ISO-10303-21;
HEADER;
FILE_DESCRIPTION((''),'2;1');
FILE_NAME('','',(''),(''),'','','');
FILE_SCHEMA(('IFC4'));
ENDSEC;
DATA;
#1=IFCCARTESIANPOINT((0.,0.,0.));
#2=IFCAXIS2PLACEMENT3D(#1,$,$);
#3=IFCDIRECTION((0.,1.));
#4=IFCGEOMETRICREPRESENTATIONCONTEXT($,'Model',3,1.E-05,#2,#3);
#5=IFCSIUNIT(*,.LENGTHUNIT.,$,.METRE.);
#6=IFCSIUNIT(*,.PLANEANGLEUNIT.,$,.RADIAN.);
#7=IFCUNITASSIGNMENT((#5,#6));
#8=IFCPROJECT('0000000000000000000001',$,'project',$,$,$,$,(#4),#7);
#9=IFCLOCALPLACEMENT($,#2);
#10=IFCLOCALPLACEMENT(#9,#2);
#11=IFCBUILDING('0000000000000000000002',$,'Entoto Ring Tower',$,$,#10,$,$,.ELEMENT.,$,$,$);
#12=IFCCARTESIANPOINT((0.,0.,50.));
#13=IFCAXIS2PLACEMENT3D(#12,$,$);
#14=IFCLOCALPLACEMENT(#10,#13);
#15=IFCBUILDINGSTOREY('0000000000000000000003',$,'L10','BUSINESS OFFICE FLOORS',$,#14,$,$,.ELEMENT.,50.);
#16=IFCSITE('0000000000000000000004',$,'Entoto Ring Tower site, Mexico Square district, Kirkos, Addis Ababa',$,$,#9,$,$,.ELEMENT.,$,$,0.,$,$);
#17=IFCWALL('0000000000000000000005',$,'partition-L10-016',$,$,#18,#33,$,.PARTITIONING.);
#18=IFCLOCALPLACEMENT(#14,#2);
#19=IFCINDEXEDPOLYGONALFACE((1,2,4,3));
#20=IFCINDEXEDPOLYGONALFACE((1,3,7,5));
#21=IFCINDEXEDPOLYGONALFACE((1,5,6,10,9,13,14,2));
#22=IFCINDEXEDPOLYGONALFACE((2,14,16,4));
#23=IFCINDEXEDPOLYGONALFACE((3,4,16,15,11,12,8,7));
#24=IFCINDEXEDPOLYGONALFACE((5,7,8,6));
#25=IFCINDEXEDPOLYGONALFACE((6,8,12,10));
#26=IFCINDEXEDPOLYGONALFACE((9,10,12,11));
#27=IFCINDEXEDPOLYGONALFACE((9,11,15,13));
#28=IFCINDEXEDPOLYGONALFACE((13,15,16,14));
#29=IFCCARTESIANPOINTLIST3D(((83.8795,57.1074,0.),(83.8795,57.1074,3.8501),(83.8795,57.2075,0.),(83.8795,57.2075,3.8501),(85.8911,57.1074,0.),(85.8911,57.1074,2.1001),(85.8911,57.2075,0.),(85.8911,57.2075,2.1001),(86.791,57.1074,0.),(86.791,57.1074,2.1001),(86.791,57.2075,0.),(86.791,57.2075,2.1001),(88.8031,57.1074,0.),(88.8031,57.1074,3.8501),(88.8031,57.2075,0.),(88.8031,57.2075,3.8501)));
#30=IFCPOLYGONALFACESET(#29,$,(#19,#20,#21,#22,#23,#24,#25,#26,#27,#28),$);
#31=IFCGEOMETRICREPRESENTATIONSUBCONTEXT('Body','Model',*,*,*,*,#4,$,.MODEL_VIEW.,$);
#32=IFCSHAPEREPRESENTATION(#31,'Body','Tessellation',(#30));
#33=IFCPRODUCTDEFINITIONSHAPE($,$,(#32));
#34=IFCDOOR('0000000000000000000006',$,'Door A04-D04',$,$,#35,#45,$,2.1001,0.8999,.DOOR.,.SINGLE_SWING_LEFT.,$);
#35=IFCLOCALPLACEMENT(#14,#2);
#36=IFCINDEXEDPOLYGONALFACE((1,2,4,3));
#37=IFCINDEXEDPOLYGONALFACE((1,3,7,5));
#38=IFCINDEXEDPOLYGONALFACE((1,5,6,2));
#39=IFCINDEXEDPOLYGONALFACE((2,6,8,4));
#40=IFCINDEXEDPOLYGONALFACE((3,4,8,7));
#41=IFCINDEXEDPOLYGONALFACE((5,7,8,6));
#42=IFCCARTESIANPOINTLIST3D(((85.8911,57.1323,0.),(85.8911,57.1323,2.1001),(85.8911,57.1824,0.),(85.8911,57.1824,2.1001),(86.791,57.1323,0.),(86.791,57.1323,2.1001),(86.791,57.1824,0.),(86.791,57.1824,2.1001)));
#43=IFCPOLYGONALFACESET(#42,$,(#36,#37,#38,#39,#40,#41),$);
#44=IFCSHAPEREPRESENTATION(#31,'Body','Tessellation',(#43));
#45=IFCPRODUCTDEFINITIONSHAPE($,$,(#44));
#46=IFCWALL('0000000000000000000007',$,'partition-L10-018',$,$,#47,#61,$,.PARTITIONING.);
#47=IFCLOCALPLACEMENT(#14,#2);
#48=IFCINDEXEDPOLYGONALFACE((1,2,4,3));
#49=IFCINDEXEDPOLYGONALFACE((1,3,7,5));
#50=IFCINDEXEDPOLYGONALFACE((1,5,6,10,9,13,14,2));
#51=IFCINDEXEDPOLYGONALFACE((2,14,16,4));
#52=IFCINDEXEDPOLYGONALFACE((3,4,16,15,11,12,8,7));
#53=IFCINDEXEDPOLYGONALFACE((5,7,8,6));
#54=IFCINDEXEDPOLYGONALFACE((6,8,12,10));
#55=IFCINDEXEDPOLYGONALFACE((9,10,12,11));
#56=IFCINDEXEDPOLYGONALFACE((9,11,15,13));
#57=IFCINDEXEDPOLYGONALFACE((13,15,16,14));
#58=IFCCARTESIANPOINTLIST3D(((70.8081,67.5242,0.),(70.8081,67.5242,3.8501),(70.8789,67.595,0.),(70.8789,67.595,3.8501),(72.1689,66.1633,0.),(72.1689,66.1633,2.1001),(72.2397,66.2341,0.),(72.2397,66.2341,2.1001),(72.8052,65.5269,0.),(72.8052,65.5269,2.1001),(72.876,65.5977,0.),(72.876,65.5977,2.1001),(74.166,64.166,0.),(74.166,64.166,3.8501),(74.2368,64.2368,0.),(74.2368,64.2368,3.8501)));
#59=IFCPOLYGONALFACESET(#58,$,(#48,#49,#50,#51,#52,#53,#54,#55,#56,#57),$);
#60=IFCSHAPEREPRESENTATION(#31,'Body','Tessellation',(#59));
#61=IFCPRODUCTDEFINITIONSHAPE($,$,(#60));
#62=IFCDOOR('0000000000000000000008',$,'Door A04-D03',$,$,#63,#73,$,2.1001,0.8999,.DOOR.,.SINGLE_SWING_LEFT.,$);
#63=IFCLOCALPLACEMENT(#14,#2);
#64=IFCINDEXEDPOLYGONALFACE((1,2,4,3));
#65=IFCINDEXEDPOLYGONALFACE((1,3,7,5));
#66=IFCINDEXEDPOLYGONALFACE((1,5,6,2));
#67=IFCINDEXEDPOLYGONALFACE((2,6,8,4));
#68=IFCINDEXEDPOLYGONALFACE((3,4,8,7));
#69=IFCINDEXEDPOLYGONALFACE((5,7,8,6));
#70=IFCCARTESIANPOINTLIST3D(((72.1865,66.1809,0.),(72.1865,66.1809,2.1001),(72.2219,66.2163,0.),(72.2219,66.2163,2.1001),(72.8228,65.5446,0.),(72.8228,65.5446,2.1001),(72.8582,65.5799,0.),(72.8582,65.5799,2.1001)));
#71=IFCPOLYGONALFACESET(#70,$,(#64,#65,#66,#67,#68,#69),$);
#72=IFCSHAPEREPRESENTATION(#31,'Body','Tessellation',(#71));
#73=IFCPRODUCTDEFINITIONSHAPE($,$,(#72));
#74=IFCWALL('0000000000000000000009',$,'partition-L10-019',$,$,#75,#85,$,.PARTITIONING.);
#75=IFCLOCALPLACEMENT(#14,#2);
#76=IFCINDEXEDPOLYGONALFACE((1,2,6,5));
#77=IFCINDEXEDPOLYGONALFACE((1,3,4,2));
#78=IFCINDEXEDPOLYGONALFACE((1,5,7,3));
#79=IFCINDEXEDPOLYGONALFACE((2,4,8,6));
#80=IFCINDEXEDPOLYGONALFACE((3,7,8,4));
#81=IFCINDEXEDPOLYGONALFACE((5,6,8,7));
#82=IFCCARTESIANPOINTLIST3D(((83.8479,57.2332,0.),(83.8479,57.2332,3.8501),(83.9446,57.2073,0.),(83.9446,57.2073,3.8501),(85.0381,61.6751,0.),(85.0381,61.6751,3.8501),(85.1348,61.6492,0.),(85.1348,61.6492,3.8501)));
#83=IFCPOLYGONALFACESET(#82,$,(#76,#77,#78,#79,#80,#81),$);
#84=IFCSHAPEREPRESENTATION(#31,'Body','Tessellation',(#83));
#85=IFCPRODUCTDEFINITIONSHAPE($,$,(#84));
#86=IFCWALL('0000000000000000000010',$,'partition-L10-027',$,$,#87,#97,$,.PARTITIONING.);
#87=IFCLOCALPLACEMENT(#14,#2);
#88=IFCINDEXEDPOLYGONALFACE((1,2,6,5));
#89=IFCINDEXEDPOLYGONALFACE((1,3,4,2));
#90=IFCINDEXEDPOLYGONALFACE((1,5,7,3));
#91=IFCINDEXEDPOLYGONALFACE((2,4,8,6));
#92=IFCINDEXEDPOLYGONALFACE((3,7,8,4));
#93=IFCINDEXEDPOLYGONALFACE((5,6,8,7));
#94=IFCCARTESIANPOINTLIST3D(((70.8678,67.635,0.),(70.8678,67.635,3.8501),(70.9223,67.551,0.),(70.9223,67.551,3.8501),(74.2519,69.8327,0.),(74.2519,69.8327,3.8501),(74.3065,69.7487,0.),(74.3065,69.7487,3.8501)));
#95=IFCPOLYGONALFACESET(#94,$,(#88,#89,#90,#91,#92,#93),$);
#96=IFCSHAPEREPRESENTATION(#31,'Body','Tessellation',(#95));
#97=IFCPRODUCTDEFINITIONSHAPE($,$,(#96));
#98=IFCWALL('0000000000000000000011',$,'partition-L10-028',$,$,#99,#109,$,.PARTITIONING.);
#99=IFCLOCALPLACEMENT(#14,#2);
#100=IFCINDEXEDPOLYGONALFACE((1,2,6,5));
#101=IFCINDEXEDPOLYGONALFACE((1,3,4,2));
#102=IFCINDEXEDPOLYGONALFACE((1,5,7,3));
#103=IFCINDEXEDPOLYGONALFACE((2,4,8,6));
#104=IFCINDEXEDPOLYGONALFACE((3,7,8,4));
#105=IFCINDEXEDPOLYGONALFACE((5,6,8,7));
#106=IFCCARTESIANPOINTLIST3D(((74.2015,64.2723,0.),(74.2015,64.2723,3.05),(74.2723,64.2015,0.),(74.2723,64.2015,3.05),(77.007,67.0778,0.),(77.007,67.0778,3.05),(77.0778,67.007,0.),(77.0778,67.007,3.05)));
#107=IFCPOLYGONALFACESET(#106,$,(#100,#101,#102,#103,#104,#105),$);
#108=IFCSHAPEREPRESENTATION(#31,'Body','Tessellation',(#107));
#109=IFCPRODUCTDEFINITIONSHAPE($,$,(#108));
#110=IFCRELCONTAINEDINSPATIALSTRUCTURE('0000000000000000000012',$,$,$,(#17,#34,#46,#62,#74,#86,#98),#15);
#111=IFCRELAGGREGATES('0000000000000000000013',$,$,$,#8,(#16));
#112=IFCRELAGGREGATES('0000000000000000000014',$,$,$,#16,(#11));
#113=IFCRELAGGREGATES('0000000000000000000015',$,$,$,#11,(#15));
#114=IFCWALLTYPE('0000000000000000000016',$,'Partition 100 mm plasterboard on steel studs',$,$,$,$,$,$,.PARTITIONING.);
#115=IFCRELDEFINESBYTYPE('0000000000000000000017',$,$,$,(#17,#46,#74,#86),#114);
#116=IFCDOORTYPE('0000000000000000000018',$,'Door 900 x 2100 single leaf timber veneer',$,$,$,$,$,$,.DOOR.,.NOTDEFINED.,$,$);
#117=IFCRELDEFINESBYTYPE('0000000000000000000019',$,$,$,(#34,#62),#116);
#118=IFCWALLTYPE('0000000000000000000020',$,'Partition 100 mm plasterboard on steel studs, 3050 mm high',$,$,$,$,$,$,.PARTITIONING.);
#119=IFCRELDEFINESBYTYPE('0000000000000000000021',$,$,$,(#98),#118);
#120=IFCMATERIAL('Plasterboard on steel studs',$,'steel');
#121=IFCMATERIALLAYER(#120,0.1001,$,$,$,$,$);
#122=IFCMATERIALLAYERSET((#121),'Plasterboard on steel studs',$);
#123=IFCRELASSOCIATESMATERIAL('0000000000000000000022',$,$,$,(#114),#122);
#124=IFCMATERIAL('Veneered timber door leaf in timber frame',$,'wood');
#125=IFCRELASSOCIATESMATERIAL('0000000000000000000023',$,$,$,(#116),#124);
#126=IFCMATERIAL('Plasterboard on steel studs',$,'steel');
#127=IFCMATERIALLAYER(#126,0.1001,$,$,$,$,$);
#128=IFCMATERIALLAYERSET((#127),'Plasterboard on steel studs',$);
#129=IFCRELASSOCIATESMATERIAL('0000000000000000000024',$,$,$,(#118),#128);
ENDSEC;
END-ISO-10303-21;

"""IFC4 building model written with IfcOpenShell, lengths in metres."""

from ifc_helpers import new_model, si_unit, direction, frame, frame_2d, origin, place, context, subcontext, project, spatial, rectangle, extrude, material, layer, layer_set, type_object, element, fill, save


model = new_model("IFC4")

# Units and contexts
model_context = context("Model", 3, precision=1e-05, world=origin(), true_north=direction((0.0, 1.0)))
body_context = subcontext(model_context, "Body", "Model", "MODEL_VIEW")
ifc_project = project(units=[si_unit("LENGTHUNIT", "METRE"), si_unit("PLANEANGLEUNIT", "RADIAN")], contexts=[model_context])

# Site, building, storey
site_placement = place(None, origin())
site = spatial("IfcSite", under=ifc_project, at=site_placement, Name="Entoto Ring Tower site, Mexico Square district, Kirkos, Addis Ababa", CompositionType="ELEMENT", RefElevation=0.0)
building_placement = place(site_placement, origin())
building = spatial("IfcBuilding", under=site, at=building_placement, Name="Entoto Ring Tower", CompositionType="ELEMENT")
storey_placement = place(building_placement, frame((0.0, 0.0, 50.0)))
storey = spatial("IfcBuildingStorey", under=building, at=storey_placement, Name="L10", Description="BUSINESS OFFICE FLOORS", CompositionType="ELEMENT", Elevation=50.0)

# Walls, openings, doors
ifc_material_1 = material(Name="Plasterboard on steel studs", Category="steel")
ifc_layer_1 = layer(ifc_material_1, 0.1001)
ifc_layer_set_1 = layer_set([ifc_layer_1], Name="Plasterboard on steel studs")
wall_type_1 = type_object("IfcWallType", Name="Partition 100 mm plasterboard on steel studs", PredefinedType="PARTITIONING", material=ifc_layer_set_1)
ifc_material_2 = material(Name="Veneered timber door leaf in timber frame", Category="wood")
door_type_1 = type_object("IfcDoorType", Name="Door 900 x 2100 single leaf timber veneer", OperationType="NOTDEFINED", PredefinedType="DOOR", material=ifc_material_2)
wall_1_placement = place(storey_placement, frame((83.8794, 57.1575, 0.0), z_axis=(0.0, 0.0, 1.0), x_axis=(1.0, 0.0, 0.0)))
wall_1 = element("IfcWall", 1, at=wall_1_placement, inside=storey, type_object=wall_type_1, Name="partition-L10-016", PredefinedType="PARTITIONING", context=body_context, shape_type="SweptSolid", body=[
    extrude(rectangle(XDim=4.9236, YDim=0.1001, at=frame_2d((2.4619, 0.0))), origin(), (0.0, 0.0, 1.0), 3.8501),
])
opening_1_placement = place(wall_1_placement, frame((2.0117, 0.0, 0.0)))
opening_1 = element("IfcOpeningElement", 2, at=opening_1_placement, cuts=wall_1, PredefinedType="OPENING", context=body_context, shape_type="SweptSolid", body=[
    extrude(rectangle(XDim=0.8999, YDim=2.1001, at=frame_2d((0.45, 1.05))), frame((0.0, 0.0601, 0.0), z_axis=(0.0, -1.0, 0.0), x_axis=(1.0, 0.0, 0.0)), (0.0, 0.0, 1.0), 0.1201),
])
door_1_placement = place(opening_1_placement, origin())
door_1 = element("IfcDoor", 3, at=door_1_placement, inside=storey, type_object=door_type_1, Name="Door A04-D04", OperationType="SINGLE_SWING_LEFT", OverallHeight=2.1001, OverallWidth=0.8999, PredefinedType="DOOR", context=body_context, shape_type="SweptSolid", body=[
    extrude(rectangle(XDim=0.8999, YDim=2.1001, at=frame_2d((0.45, 1.05))), frame((0.0, 0.0249, 0.0), z_axis=(0.0, -1.0, 0.0), x_axis=(1.0, 0.0, 0.0)), (0.0, 0.0, 1.0), 0.05),
])
fill(opening_1, door_1)
wall_2_placement = place(storey_placement, frame((74.2014, 64.2014, 0.0), z_axis=(0.0, 0.0, 1.0), x_axis=(-0.707081, 0.707132, 0.0)))
wall_2 = element("IfcWall", 4, at=wall_2_placement, inside=storey, type_object=wall_type_1, Name="partition-L10-018", PredefinedType="PARTITIONING", context=body_context, shape_type="SweptSolid", body=[
    extrude(rectangle(XDim=4.749, YDim=0.1001, at=frame_2d((2.3745, 0.0))), origin(), (0.0, 0.0, 1.0), 3.8501),
])
opening_2_placement = place(wall_2_placement, frame((1.9246, 0.0, 0.0)))
opening_2 = element("IfcOpeningElement", 5, at=opening_2_placement, cuts=wall_2, PredefinedType="OPENING", context=body_context, shape_type="SweptSolid", body=[
    extrude(rectangle(XDim=0.8999, YDim=2.1001, at=frame_2d((0.45, 1.05))), frame((0.0, 0.0601, 0.0), z_axis=(0.0, -1.0, 0.0), x_axis=(1.0, 0.0, 0.0)), (0.0, 0.0, 1.0), 0.1201),
])
door_2_placement = place(opening_2_placement, frame((0.8999, 0.0, 0.0), z_axis=(0.0, 0.0, 1.0), x_axis=(-1.0, 0.0, 0.0)))
door_2 = element("IfcDoor", 6, at=door_2_placement, inside=storey, type_object=door_type_1, Name="Door A04-D03", OperationType="SINGLE_SWING_LEFT", OverallHeight=2.1001, OverallWidth=0.8999, PredefinedType="DOOR", context=body_context, shape_type="SweptSolid", body=[
    extrude(rectangle(XDim=0.8999, YDim=2.1001, at=frame_2d((0.45, 1.05))), frame((0.0, 0.0249, 0.0), z_axis=(0.0, -1.0, 0.0), x_axis=(1.0, 0.0, 0.0)), (0.0, 0.0, 1.0), 0.05),
])
fill(opening_2, door_2)

# Walls
wall_3_placement = place(storey_placement, frame((83.8962, 57.2202, 0.0), z_axis=(0.0, 0.0, 1.0), x_axis=(0.258816, 0.965927, 0.0)))
element("IfcWall", 7, at=wall_3_placement, inside=storey, type_object=wall_type_1, Name="partition-L10-019", PredefinedType="PARTITIONING", context=body_context, shape_type="SweptSolid", body=[
    extrude(rectangle(XDim=4.5986, YDim=0.1001, at=frame_2d((2.2993, 0.0))), origin(), (0.0, 0.0, 1.0), 3.8501),
])
wall_4_placement = place(storey_placement, frame((70.895, 67.593, 0.0), z_axis=(0.0, 0.0, 1.0), x_axis=(0.838673, 0.544635, 0.0)))
element("IfcWall", 8, at=wall_4_placement, inside=storey, type_object=wall_type_1, Name="partition-L10-027", PredefinedType="PARTITIONING", context=body_context, shape_type="SweptSolid", body=[
    extrude(rectangle(XDim=4.0352, YDim=0.1001, at=frame_2d((2.0176, 0.0))), origin(), (0.0, 0.0, 1.0), 3.8501),
])
ifc_material_3 = material(Name="Plasterboard on steel studs", Category="steel")
ifc_layer_2 = layer(ifc_material_3, 0.1001)
ifc_layer_set_2 = layer_set([ifc_layer_2], Name="Plasterboard on steel studs")
wall_type_2 = type_object("IfcWallType", Name="Partition 100 mm plasterboard on steel studs, 3050 mm high", PredefinedType="PARTITIONING", material=ifc_layer_set_2)
wall_5_placement = place(storey_placement, frame((74.2368, 64.2368, 0.0), z_axis=(0.0, 0.0, 1.0), x_axis=(0.707107, 0.707107, 0.0)))
element("IfcWall", 9, at=wall_5_placement, inside=storey, type_object=wall_type_2, Name="partition-L10-028", PredefinedType="PARTITIONING", context=body_context, shape_type="SweptSolid", body=[
    extrude(rectangle(XDim=3.9675, YDim=0.1001, at=frame_2d((1.9839, 0.0))), origin(), (0.0, 0.0, 1.0), 3.05),
])

save(model, "model.ifc")
